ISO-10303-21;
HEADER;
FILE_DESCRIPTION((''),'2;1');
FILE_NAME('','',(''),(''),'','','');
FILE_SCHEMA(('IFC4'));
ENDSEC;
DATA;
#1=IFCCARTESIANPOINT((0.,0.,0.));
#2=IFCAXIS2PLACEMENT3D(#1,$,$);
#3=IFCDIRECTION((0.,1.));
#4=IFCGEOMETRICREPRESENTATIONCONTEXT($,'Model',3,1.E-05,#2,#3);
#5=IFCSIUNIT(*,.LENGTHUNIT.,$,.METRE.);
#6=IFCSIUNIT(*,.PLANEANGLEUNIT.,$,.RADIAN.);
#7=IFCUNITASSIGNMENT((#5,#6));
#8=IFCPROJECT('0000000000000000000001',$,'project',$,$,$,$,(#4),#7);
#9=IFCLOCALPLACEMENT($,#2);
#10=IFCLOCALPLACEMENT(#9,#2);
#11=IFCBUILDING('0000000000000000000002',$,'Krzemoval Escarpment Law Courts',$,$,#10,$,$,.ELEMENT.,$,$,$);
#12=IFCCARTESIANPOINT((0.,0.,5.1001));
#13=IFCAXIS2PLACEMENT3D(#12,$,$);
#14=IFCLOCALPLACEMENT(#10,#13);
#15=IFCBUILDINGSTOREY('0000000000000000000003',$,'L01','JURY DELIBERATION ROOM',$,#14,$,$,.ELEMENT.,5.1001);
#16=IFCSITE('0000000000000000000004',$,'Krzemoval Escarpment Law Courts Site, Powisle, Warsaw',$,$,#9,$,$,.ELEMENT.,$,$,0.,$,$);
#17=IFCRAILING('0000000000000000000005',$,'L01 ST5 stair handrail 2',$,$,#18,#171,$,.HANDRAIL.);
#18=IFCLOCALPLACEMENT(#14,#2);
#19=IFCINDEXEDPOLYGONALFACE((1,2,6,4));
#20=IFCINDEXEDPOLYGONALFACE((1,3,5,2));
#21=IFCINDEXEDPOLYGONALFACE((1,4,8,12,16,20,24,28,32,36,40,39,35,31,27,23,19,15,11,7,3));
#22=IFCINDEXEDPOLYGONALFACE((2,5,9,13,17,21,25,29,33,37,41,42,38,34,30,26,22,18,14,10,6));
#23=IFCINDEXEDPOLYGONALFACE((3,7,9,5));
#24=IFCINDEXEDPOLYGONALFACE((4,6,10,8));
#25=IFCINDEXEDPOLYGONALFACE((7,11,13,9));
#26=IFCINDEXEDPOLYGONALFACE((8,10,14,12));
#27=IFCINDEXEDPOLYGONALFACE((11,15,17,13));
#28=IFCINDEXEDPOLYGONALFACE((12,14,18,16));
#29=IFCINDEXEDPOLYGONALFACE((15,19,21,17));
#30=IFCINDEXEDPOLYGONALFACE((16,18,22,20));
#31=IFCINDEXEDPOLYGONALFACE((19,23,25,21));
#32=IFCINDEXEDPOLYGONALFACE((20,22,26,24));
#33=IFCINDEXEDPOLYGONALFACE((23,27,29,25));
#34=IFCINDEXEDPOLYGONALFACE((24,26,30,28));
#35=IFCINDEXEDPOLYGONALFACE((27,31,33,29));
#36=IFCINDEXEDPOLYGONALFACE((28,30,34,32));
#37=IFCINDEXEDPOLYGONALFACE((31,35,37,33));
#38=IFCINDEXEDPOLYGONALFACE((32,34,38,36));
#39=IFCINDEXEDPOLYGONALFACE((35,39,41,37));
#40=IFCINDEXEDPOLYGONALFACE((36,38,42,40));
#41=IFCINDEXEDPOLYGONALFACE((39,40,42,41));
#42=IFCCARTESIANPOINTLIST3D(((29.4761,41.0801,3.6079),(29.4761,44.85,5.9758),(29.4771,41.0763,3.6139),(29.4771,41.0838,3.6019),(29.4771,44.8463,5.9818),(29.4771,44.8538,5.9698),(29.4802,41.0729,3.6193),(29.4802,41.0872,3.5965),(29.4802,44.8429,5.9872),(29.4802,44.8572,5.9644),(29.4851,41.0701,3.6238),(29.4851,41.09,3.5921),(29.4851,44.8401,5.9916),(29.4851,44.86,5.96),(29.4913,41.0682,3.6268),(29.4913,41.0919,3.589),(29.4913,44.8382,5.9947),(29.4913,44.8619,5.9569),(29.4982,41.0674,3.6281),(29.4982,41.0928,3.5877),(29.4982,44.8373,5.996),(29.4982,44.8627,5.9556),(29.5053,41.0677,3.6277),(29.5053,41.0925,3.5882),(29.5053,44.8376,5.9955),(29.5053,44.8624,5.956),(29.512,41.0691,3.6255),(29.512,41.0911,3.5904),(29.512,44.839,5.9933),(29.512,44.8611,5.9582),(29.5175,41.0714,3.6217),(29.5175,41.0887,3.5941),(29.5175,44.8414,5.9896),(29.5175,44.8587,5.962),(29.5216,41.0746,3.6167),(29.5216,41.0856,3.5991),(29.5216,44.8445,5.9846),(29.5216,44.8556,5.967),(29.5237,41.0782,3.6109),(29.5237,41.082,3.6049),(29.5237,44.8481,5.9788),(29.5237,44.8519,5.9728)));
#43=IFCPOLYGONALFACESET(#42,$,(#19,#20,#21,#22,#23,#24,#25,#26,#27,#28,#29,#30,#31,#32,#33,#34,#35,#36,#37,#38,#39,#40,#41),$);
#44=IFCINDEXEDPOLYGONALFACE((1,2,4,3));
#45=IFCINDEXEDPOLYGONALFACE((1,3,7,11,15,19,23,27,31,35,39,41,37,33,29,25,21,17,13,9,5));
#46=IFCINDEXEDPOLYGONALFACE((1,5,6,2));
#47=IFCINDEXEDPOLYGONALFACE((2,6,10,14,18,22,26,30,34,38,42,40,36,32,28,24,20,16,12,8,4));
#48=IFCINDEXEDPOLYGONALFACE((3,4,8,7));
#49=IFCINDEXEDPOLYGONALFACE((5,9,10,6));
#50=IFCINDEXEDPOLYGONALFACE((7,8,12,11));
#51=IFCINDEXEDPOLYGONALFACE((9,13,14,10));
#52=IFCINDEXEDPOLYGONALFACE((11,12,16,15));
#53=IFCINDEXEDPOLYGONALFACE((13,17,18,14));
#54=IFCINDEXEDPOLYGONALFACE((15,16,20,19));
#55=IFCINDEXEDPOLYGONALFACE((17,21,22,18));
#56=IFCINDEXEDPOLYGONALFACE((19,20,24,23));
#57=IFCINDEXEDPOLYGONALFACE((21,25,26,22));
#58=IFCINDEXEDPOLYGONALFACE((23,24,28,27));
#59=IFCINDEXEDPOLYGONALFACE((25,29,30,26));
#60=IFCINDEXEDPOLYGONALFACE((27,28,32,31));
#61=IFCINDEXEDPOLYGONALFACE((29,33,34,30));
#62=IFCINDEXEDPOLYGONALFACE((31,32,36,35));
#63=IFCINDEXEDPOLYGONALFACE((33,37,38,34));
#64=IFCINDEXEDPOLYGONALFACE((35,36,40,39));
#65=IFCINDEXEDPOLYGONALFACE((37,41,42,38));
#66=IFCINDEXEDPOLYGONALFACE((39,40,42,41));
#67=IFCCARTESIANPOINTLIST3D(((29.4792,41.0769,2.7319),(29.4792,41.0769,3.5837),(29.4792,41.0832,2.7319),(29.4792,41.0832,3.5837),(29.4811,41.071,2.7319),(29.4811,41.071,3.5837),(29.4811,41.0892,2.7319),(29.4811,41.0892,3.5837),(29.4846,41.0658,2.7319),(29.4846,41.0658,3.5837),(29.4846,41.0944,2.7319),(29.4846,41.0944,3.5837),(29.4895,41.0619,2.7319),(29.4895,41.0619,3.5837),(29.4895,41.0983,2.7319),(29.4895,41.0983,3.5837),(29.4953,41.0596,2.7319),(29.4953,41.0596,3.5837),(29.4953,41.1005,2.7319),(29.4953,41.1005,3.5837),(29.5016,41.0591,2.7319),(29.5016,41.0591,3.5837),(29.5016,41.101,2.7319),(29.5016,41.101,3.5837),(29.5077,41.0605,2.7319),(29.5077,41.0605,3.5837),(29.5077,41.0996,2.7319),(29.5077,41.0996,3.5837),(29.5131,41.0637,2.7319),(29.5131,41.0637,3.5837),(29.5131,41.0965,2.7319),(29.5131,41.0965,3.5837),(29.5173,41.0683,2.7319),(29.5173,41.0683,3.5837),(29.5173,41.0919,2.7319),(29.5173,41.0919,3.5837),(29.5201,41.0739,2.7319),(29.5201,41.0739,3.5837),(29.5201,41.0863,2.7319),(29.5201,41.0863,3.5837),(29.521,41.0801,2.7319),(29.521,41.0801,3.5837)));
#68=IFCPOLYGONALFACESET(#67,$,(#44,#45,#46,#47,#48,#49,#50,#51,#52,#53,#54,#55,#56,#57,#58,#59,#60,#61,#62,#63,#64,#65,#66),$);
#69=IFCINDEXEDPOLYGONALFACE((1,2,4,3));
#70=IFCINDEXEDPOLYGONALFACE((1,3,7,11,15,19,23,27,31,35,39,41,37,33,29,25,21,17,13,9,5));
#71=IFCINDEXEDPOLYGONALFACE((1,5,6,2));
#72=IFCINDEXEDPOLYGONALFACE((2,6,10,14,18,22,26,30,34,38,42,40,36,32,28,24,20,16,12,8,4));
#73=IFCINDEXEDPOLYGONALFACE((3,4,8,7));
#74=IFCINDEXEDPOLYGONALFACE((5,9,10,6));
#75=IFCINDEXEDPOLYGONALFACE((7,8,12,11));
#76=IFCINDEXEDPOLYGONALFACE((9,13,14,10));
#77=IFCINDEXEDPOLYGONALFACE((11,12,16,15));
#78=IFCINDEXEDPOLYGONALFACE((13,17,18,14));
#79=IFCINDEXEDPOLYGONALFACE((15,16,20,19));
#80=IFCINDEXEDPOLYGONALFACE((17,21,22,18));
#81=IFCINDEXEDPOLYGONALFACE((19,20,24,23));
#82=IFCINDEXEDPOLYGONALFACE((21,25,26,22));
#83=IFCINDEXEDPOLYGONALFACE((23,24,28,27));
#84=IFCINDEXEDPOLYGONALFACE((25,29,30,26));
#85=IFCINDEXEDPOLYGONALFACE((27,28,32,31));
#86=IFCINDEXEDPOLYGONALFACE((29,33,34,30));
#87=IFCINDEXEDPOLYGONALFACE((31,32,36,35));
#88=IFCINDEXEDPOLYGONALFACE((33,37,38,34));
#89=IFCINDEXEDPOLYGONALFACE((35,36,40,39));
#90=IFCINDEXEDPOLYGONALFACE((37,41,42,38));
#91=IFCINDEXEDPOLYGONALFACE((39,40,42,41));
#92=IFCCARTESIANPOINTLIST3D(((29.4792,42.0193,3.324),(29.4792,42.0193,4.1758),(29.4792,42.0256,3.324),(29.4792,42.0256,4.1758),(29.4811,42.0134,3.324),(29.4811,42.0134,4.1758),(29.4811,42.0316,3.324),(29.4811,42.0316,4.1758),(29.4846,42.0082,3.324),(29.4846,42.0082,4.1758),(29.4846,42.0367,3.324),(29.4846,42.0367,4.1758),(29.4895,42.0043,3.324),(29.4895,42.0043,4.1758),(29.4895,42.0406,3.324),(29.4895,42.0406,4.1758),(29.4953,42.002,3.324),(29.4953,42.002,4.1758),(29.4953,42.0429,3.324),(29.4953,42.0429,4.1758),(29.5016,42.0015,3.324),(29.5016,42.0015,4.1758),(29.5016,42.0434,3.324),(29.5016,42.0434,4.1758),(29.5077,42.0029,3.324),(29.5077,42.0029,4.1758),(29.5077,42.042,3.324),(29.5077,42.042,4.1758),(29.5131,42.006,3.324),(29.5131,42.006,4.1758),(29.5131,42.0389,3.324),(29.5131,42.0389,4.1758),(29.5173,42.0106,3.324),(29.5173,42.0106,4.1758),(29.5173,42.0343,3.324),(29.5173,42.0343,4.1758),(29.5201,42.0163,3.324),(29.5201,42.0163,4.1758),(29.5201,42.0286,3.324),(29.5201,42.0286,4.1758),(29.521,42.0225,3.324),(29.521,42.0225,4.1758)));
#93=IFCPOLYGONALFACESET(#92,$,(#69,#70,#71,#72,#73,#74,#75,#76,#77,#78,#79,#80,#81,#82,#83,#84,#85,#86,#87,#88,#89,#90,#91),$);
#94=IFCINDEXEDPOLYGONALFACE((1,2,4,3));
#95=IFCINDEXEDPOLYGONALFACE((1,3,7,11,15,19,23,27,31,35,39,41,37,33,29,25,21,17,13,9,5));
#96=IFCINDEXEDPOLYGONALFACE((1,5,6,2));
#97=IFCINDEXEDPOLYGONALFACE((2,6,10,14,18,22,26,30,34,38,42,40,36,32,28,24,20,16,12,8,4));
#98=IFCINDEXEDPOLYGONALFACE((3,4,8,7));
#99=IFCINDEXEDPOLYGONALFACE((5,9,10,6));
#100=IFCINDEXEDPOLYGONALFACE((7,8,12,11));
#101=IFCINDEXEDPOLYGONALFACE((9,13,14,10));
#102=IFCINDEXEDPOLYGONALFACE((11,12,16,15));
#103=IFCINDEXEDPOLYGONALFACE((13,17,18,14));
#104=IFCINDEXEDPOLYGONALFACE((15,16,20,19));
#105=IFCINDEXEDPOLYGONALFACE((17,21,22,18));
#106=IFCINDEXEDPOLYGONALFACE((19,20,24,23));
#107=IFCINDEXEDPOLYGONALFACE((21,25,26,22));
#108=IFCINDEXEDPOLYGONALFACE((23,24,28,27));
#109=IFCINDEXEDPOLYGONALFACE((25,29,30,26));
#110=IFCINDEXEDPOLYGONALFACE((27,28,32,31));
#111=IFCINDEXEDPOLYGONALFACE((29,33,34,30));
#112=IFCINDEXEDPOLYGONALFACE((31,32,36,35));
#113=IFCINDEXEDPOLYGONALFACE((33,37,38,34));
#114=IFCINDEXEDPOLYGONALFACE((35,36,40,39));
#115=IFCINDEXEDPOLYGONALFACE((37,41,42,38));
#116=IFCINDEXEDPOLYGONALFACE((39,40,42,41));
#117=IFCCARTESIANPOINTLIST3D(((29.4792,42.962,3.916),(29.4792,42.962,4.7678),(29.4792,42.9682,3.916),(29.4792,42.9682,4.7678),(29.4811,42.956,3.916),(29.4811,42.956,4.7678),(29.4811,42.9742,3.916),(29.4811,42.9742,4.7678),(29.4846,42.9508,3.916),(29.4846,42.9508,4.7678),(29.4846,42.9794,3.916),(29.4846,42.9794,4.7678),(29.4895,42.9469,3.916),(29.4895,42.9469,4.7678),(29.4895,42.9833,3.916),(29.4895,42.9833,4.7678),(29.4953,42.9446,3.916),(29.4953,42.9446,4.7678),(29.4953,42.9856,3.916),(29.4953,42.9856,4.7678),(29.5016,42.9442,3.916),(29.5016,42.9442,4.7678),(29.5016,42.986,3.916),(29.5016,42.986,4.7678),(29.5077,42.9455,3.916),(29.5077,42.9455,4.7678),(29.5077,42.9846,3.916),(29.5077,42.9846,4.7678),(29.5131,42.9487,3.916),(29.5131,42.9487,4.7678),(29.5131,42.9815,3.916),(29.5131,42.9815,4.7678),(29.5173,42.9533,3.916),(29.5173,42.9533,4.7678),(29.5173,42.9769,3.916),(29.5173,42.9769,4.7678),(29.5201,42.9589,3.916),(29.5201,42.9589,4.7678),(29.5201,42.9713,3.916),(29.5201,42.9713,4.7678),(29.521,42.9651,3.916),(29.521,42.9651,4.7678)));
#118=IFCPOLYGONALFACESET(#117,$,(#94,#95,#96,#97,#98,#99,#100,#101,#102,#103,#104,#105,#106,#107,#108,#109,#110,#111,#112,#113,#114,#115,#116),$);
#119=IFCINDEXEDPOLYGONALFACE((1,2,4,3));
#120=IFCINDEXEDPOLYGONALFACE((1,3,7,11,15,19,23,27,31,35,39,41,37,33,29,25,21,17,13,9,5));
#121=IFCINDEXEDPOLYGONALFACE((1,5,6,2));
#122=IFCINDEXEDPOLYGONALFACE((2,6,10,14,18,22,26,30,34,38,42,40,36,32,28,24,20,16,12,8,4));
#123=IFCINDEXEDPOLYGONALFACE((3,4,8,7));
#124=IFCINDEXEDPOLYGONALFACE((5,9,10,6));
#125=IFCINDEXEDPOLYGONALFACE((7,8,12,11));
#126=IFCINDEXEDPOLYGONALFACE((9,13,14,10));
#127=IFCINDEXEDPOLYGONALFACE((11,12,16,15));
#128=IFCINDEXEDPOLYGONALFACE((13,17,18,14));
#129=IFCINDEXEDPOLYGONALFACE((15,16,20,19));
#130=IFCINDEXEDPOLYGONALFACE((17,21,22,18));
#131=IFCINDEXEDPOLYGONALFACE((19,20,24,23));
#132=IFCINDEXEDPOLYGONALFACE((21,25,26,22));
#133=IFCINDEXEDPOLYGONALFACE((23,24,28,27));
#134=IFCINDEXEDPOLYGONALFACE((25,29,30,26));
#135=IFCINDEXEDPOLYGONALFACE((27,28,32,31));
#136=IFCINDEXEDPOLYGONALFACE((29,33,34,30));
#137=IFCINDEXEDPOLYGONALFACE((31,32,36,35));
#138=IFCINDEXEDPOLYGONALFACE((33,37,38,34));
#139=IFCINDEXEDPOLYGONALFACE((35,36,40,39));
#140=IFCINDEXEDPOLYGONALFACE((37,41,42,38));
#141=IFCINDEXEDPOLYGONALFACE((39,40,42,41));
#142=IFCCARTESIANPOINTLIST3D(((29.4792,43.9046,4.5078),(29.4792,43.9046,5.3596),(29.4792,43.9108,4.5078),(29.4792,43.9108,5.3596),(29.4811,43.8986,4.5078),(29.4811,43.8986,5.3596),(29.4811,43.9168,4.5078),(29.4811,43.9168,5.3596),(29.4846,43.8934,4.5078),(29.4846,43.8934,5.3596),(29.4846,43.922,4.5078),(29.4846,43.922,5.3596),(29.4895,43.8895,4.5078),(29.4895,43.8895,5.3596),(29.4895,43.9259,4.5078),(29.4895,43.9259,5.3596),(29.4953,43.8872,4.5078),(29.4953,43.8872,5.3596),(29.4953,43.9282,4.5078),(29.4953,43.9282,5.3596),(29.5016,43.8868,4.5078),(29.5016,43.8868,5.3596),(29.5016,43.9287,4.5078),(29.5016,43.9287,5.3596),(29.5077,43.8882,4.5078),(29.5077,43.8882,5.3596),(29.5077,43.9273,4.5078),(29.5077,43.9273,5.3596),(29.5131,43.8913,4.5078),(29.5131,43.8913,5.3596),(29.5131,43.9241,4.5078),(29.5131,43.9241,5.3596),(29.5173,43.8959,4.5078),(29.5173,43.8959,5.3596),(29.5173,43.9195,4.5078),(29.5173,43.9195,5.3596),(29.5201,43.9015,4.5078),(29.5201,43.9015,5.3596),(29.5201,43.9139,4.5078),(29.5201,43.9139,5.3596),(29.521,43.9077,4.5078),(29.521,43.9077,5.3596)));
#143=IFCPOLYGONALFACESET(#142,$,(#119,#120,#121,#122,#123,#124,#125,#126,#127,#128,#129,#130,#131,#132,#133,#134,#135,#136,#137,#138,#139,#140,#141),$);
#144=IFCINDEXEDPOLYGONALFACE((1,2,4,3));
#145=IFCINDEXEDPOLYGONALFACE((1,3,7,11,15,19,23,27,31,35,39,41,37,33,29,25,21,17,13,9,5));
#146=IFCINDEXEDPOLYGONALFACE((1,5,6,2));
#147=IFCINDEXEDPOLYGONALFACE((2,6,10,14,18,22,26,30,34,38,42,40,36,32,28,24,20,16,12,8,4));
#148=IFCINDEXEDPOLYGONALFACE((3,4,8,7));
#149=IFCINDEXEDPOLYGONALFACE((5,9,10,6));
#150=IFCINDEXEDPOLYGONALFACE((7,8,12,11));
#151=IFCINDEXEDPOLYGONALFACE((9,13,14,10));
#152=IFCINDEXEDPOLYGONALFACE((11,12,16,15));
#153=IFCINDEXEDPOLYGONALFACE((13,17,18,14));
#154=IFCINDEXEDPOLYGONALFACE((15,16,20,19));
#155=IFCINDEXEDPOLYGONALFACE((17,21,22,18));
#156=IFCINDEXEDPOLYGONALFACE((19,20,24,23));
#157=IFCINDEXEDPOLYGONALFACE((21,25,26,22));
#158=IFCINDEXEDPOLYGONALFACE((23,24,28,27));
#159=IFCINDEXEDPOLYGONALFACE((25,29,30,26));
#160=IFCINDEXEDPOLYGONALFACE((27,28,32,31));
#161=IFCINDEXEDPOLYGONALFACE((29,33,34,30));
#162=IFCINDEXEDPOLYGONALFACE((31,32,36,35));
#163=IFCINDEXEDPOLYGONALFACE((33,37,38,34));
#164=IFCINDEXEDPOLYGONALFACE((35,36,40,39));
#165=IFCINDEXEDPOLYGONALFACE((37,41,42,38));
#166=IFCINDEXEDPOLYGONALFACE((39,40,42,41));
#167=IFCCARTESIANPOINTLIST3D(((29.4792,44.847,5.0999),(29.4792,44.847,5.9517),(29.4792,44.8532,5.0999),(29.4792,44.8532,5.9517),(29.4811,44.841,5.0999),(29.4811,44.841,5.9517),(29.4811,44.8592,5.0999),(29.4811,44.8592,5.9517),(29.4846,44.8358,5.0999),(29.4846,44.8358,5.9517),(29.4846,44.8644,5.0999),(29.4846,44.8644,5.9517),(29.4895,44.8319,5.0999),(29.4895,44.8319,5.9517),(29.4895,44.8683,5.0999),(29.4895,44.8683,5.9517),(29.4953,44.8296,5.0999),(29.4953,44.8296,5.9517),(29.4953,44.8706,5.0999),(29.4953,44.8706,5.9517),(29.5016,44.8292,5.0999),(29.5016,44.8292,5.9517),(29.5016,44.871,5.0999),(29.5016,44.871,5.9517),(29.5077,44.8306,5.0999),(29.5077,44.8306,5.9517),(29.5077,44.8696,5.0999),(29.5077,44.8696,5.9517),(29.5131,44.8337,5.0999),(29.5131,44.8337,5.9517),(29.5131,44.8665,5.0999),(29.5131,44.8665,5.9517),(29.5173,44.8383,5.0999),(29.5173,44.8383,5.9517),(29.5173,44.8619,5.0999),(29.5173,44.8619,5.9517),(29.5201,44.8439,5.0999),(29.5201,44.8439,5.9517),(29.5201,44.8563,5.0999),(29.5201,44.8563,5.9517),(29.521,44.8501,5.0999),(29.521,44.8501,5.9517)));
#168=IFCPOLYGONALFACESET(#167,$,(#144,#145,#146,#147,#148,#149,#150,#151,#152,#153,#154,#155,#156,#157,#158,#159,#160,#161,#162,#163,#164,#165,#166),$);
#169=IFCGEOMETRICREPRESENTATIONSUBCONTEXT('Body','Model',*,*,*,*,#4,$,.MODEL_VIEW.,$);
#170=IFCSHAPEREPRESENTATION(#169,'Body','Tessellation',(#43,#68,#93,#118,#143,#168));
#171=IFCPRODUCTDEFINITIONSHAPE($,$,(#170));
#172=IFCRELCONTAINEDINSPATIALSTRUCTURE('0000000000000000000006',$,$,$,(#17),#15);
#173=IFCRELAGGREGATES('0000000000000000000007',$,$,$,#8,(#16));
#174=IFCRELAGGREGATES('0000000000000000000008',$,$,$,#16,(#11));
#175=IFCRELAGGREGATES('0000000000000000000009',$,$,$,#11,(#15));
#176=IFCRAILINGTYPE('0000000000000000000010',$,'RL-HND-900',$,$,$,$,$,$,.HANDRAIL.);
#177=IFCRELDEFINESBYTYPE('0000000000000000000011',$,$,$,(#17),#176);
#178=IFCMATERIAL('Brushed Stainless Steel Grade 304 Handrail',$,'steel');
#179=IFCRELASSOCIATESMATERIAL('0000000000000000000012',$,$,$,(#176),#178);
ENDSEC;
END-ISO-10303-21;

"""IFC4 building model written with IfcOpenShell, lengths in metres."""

from ifc_helpers import new_model, si_unit, direction, frame, origin, origin_2d, place, context, subcontext, project, spatial, circle, extrude, material, type_object, element, save


model = new_model("IFC4")

# Units and contexts
model_context = context("Model", 3, precision=1e-05, world=origin(), true_north=direction((0.0, 1.0)))
body_context = subcontext(model_context, "Body", "Model", "MODEL_VIEW")
ifc_project = project(units=[si_unit("LENGTHUNIT", "METRE"), si_unit("PLANEANGLEUNIT", "RADIAN")], contexts=[model_context])

# Site, building, storey
site_placement = place(None, origin())
site = spatial("IfcSite", under=ifc_project, at=site_placement, Name="Krzemoval Escarpment Law Courts Site, Powisle, Warsaw", CompositionType="ELEMENT", RefElevation=0.0)
building_placement = place(site_placement, origin())
building = spatial("IfcBuilding", under=site, at=building_placement, Name="Krzemoval Escarpment Law Courts", CompositionType="ELEMENT")
storey_placement = place(building_placement, frame((0.0, 0.0, 5.1001)))
storey = spatial("IfcBuildingStorey", under=building, at=storey_placement, Name="L01", Description="JURY DELIBERATION ROOM", CompositionType="ELEMENT", Elevation=5.1001)

# Railing
ifc_material_1 = material(Name="Brushed Stainless Steel Grade 304 Handrail", Category="steel")
railing_type_1 = type_object("IfcRailingType", Name="RL-HND-900", PredefinedType="HANDRAIL", material=ifc_material_1)
railing_1_placement = place(storey_placement, frame((29.5, 41.0801, 2.7319)))
element("IfcRailing", 1, at=railing_1_placement, inside=storey, type_object=railing_type_1, Name="L01 ST5 stair handrail 2", PredefinedType="HANDRAIL", context=body_context, shape_type="SweptSolid", body=[
    extrude(circle(Radius=0.0239, at=origin_2d()), frame((0.0, 0.0, 0.876), z_axis=(0.0, 0.846819, 0.531881), x_axis=(-1.0, 0.0, 0.0)), (0.0, 0.0, 1.0), 4.4519),
    extrude(circle(Radius=0.021, at=origin_2d()), origin(), (0.0, 0.0, 1.0), 0.8518),
    extrude(circle(Radius=0.021, at=origin_2d()), frame((0.0, 0.9424, 0.592)), (0.0, 0.0, 1.0), 0.8518),
    extrude(circle(Radius=0.021, at=origin_2d()), frame((0.0, 1.885, 1.1841)), (0.0, 0.0, 1.0), 0.8518),
    extrude(circle(Radius=0.021, at=origin_2d()), frame((0.0, 2.8276, 1.7759)), (0.0, 0.0, 1.0), 0.8518),
    extrude(circle(Radius=0.021, at=origin_2d()), frame((0.0, 3.77, 2.3679)), (0.0, 0.0, 1.0), 0.8518),
])

save(model, "model.ifc")
